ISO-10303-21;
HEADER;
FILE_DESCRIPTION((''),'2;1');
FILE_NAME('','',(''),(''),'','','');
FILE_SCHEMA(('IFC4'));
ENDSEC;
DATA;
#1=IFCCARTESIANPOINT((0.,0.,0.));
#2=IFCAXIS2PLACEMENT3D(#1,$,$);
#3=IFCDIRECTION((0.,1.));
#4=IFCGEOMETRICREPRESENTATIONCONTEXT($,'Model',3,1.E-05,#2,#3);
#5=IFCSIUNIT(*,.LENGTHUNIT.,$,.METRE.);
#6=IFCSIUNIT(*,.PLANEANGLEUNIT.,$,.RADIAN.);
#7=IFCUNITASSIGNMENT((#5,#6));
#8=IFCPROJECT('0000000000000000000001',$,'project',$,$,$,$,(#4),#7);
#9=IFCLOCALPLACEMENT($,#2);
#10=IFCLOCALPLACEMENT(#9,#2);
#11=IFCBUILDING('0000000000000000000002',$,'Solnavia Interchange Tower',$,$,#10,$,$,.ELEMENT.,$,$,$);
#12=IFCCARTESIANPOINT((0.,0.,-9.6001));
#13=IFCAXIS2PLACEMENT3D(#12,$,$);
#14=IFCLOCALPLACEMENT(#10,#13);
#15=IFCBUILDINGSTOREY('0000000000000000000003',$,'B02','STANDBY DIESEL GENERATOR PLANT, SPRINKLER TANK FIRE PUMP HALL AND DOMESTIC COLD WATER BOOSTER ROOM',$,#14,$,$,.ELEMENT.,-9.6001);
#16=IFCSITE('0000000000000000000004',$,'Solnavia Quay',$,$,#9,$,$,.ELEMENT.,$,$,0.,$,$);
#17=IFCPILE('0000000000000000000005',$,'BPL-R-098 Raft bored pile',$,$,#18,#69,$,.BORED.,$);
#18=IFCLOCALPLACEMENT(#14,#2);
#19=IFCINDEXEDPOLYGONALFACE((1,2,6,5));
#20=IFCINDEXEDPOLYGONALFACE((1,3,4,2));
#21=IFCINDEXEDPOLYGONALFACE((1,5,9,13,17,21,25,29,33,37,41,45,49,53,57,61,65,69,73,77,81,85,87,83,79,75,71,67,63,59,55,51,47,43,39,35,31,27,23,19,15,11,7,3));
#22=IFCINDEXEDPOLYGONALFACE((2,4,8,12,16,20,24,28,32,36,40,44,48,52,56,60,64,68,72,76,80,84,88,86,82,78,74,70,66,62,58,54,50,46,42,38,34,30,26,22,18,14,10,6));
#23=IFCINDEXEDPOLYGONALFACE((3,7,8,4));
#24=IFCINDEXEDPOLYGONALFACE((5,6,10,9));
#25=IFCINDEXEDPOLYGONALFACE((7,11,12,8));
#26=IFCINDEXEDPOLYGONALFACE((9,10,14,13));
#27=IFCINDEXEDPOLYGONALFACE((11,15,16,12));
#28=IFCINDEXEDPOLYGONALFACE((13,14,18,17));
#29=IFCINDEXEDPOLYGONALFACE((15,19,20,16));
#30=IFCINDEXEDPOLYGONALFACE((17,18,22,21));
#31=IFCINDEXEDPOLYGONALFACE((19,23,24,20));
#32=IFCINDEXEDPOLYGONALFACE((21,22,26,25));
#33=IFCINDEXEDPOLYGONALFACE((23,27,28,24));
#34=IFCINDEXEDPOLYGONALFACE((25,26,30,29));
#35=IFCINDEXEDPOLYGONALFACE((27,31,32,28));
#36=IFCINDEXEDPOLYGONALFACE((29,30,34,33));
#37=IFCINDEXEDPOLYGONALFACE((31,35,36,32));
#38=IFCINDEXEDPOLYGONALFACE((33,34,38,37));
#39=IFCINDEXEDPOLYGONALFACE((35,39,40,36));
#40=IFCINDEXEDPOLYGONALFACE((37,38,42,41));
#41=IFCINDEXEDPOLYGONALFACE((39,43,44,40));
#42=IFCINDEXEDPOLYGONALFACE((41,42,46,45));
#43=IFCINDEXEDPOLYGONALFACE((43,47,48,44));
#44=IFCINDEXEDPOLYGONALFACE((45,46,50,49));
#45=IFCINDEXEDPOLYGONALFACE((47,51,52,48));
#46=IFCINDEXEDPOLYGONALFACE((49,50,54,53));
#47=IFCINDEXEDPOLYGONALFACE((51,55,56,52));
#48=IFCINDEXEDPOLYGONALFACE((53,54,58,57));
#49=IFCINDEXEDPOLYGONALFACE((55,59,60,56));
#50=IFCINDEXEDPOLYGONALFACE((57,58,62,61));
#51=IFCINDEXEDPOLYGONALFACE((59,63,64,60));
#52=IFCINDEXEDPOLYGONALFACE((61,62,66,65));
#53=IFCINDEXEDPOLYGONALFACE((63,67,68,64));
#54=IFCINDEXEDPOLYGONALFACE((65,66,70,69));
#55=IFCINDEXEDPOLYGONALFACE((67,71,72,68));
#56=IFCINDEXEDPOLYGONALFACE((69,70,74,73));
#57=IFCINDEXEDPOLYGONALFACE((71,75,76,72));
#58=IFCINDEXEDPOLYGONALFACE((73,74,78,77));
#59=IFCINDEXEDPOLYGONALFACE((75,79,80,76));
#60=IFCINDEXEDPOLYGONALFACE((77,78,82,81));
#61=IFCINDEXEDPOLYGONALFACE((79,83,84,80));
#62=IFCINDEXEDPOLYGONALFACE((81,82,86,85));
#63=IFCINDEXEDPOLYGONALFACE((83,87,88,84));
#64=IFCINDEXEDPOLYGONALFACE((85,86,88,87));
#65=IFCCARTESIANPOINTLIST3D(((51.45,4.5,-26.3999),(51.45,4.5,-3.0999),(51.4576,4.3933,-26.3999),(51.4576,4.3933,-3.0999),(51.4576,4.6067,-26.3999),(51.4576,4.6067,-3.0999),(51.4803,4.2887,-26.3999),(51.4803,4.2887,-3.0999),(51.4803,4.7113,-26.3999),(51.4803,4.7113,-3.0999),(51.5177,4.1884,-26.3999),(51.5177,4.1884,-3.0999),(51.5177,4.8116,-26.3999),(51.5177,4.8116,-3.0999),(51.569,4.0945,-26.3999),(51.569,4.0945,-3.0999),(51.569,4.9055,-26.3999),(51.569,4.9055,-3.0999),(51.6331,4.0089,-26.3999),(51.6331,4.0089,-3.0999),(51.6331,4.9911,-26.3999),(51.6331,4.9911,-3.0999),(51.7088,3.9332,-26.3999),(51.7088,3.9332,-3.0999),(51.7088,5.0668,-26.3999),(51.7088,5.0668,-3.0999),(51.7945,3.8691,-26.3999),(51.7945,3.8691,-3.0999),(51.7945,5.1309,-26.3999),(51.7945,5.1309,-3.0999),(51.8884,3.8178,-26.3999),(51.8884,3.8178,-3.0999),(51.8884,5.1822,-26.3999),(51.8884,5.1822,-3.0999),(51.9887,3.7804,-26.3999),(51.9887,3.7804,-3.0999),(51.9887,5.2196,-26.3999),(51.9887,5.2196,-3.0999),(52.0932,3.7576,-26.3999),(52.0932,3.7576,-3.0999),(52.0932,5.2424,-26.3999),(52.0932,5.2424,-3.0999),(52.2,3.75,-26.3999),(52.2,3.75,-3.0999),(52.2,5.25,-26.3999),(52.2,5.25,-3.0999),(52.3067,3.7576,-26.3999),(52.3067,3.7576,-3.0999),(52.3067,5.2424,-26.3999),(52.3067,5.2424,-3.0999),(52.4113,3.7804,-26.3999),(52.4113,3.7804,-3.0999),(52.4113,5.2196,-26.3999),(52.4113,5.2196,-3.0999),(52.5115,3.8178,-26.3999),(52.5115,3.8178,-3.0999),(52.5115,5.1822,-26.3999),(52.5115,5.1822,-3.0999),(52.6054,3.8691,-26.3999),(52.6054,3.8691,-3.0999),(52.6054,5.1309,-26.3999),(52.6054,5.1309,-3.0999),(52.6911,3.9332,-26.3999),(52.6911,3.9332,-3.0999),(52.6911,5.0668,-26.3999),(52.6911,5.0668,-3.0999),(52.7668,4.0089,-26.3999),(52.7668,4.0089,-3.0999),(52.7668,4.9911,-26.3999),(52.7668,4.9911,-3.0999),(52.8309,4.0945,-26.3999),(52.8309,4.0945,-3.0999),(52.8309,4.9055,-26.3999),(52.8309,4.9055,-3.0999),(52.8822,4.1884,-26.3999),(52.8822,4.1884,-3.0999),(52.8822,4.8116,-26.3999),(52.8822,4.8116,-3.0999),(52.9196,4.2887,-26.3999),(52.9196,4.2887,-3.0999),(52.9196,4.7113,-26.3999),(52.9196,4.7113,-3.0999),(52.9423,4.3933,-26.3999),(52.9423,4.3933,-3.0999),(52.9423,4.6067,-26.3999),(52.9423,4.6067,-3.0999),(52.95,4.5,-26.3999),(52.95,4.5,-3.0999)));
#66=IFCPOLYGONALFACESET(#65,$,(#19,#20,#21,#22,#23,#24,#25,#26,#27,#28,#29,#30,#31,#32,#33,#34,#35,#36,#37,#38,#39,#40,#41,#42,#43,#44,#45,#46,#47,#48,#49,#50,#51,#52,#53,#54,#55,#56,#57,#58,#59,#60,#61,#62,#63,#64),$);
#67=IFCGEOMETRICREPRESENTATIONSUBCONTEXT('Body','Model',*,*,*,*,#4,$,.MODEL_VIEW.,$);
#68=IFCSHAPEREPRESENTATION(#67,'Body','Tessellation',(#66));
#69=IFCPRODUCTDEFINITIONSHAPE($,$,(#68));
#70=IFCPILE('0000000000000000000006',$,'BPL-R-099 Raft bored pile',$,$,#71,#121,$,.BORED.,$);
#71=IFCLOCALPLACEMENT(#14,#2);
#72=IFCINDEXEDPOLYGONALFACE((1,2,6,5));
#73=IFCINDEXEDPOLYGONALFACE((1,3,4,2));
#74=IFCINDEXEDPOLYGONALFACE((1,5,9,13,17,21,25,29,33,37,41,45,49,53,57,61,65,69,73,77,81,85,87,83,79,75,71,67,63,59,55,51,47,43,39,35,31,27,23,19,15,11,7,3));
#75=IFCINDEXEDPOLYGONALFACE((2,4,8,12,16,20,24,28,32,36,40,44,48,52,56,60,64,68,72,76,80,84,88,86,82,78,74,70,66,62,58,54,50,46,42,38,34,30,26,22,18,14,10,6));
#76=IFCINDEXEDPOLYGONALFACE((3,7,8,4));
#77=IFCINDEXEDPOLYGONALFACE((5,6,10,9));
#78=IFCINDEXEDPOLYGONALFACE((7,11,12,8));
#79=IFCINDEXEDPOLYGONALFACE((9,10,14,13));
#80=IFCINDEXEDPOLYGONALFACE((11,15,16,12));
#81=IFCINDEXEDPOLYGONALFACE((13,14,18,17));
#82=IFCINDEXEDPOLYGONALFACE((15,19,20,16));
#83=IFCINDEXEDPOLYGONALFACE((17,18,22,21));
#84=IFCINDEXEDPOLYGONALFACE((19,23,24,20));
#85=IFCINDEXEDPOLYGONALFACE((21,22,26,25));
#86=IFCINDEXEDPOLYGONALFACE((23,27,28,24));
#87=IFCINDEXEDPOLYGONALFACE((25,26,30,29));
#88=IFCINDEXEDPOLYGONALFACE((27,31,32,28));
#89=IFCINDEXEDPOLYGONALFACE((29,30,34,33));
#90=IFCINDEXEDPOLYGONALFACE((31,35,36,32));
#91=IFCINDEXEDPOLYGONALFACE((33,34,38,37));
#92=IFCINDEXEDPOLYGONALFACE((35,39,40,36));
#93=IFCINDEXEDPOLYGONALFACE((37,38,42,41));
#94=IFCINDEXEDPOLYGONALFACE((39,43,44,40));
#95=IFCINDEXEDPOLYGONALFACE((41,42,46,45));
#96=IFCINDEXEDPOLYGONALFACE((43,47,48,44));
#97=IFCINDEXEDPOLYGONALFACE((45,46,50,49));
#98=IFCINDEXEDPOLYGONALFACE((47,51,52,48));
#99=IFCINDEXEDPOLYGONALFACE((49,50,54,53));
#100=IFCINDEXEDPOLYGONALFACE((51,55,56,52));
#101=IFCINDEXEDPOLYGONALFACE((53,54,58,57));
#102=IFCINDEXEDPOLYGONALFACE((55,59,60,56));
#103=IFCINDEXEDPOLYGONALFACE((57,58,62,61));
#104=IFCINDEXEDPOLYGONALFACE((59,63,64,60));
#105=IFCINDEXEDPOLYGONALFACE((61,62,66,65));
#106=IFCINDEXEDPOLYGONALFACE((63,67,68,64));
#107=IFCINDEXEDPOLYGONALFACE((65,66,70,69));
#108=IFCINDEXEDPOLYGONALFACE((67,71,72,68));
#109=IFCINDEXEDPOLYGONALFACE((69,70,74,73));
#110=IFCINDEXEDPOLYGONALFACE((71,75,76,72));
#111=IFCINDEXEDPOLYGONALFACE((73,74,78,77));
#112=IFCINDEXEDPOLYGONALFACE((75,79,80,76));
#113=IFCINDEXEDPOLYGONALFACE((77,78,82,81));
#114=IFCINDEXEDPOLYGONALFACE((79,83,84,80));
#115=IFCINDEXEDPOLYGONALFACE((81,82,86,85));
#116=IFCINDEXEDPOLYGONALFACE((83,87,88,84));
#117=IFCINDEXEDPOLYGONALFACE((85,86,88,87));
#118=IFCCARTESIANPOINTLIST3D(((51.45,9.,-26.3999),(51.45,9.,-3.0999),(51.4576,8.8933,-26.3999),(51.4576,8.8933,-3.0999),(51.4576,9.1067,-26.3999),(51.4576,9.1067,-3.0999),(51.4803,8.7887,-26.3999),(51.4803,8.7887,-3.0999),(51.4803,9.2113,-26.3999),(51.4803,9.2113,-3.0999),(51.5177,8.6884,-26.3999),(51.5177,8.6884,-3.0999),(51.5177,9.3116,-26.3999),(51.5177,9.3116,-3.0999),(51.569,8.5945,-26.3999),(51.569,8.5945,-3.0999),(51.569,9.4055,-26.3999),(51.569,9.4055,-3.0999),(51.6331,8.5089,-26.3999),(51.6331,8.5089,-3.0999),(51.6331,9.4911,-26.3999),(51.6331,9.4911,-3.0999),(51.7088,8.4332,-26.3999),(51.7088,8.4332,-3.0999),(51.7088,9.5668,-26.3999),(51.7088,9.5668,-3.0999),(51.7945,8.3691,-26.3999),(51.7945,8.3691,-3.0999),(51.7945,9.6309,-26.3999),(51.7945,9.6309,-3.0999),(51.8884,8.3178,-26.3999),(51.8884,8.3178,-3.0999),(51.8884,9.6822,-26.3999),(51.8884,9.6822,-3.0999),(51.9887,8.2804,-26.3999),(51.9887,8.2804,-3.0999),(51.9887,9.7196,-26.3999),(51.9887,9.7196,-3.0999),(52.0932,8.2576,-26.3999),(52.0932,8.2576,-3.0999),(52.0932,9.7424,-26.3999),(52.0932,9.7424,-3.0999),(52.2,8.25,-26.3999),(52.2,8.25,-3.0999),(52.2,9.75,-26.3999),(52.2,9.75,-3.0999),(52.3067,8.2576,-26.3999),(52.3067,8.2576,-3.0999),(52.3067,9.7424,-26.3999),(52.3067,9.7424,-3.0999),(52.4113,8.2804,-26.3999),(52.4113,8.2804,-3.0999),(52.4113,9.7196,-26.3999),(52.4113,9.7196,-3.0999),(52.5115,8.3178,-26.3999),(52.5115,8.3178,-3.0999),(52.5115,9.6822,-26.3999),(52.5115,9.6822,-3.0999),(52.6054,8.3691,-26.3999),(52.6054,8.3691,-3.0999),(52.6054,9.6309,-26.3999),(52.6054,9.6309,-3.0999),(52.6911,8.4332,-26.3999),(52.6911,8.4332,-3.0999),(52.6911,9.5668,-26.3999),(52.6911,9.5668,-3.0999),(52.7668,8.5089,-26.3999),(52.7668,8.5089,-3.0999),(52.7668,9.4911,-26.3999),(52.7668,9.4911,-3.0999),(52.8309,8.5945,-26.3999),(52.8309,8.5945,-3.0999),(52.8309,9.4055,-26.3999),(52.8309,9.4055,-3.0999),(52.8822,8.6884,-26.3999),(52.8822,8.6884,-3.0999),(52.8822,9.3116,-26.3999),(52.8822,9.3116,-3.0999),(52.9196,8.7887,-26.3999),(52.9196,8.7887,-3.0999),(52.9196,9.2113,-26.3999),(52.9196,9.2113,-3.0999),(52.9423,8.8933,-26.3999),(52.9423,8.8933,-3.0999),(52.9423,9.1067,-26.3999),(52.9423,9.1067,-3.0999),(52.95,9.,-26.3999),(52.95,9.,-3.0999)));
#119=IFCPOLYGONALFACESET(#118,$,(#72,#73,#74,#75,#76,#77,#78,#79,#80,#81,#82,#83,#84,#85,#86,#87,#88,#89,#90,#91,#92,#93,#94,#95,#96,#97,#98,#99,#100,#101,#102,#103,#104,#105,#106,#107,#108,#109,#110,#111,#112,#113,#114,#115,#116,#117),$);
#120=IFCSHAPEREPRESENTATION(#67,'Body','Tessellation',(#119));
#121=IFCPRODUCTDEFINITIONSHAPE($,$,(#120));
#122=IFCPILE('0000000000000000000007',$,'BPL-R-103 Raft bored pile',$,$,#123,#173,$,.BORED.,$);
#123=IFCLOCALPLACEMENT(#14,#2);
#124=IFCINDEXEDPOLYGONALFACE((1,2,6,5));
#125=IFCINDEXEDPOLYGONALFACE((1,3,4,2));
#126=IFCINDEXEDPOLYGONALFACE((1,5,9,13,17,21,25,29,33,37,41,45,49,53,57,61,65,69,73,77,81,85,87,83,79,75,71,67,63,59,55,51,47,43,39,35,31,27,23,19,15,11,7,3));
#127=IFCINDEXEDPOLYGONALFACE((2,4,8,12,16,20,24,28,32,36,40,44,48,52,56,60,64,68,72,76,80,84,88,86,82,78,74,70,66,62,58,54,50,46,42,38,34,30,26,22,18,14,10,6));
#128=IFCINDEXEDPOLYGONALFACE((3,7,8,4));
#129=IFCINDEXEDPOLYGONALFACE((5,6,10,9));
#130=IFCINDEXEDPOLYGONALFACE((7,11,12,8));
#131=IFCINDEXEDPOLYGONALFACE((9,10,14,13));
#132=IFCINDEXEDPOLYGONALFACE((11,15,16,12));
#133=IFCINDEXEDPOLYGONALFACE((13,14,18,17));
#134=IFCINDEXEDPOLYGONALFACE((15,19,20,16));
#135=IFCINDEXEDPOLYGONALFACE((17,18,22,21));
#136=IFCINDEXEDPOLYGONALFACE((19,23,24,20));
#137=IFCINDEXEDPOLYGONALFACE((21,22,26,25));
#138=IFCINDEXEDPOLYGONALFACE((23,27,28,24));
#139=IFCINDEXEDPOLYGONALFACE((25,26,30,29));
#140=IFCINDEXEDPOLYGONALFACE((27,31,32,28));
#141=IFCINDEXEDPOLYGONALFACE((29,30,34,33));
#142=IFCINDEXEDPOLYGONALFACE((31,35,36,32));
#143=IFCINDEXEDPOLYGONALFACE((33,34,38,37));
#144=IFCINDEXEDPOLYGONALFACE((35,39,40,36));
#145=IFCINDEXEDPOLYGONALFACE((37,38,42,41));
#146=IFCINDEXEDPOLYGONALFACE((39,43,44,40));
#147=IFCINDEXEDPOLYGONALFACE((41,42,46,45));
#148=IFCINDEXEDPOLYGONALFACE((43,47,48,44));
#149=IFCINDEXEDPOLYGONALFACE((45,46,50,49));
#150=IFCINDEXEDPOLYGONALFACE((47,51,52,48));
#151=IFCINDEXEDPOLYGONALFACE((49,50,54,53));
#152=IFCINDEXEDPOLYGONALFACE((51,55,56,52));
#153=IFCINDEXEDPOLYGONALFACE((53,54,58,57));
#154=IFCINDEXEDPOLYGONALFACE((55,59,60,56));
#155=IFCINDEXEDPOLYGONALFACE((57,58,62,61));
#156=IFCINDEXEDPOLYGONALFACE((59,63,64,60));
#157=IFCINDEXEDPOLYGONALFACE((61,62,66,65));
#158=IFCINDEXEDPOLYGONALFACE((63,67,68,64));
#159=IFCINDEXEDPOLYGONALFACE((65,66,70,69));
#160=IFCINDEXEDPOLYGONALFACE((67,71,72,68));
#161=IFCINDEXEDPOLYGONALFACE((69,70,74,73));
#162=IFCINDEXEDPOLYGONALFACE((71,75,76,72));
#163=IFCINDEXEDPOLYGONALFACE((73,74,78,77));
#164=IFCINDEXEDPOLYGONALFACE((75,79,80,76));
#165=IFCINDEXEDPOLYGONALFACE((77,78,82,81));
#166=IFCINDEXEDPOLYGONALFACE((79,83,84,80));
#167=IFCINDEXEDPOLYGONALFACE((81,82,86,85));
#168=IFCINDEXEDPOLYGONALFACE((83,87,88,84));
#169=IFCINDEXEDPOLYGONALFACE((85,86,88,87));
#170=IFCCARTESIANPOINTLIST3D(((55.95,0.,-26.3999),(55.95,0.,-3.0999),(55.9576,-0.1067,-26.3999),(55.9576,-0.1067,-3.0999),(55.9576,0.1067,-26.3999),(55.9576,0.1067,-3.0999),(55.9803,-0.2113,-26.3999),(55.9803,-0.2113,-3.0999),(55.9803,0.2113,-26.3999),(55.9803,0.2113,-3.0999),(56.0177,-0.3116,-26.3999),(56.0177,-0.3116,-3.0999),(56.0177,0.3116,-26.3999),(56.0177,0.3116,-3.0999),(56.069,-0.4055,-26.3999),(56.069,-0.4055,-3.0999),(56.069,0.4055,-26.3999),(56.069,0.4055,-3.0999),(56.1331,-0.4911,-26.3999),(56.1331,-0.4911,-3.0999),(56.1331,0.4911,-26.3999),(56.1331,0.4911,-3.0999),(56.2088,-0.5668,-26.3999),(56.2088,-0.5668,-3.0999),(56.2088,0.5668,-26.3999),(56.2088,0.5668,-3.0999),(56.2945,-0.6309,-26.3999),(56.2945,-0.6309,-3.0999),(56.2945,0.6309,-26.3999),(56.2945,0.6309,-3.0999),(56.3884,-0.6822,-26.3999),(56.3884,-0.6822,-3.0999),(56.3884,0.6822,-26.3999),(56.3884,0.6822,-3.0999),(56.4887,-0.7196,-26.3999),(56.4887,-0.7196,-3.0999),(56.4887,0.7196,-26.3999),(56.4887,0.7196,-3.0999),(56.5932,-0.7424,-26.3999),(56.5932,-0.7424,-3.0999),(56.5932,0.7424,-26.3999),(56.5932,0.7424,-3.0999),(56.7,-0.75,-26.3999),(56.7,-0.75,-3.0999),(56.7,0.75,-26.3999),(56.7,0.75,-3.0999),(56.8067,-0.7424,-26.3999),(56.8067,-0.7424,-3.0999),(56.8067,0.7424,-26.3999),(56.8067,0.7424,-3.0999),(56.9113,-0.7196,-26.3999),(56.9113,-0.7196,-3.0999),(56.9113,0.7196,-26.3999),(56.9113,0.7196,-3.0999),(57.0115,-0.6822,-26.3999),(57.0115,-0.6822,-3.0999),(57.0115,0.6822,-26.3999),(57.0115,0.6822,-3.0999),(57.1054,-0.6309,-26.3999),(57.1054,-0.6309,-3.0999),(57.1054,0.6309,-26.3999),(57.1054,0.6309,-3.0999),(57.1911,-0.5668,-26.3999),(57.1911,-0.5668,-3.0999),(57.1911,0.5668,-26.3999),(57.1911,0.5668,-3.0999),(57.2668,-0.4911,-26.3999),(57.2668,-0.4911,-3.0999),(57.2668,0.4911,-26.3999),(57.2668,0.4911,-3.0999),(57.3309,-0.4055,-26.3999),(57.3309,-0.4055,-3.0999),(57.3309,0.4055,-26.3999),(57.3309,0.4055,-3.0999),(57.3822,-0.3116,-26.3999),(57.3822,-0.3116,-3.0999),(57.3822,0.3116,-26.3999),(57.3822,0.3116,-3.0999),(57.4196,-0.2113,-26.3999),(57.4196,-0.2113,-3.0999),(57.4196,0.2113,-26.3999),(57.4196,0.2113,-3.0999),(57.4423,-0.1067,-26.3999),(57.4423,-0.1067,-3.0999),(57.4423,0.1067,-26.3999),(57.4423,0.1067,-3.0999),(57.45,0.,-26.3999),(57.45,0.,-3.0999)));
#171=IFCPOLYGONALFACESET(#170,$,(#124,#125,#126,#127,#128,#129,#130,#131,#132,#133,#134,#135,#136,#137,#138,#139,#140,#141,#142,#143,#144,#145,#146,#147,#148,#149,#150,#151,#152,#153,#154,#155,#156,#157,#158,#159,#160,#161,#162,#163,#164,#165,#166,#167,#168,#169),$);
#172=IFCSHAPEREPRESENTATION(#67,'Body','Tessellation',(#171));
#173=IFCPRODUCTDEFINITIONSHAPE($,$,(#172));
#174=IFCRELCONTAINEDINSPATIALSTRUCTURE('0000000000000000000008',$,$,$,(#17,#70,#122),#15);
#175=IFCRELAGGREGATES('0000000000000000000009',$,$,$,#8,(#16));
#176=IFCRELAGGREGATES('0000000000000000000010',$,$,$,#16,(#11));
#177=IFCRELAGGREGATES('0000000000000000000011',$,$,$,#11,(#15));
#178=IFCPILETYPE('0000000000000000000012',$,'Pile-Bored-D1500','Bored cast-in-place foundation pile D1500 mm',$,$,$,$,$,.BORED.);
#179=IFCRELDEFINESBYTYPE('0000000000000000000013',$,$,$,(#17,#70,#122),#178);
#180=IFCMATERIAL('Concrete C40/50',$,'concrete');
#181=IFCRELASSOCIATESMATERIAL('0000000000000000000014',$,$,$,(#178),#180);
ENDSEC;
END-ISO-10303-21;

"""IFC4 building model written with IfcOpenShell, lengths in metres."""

from ifc_helpers import new_model, si_unit, direction, frame, origin, origin_2d, place, context, subcontext, project, spatial, circle, extrude, material, material_profile, profile_set, type_object, element, save


model = new_model("IFC4")

# Units and contexts
model_context = context("Model", 3, precision=1e-05, world=origin(), true_north=direction((0.0, 1.0)))
body_context = subcontext(model_context, "Body", "Model", "MODEL_VIEW")
ifc_project = project(units=[si_unit("LENGTHUNIT", "METRE"), si_unit("PLANEANGLEUNIT", "RADIAN")], contexts=[model_context])

# Site, building, storey
site_placement = place(None, origin())
site = spatial("IfcSite", under=ifc_project, at=site_placement, Name="Solnavia Quay", CompositionType="ELEMENT", RefElevation=0.0)
building_placement = place(site_placement, origin())
building = spatial("IfcBuilding", under=site, at=building_placement, Name="Solnavia Interchange Tower", CompositionType="ELEMENT")
storey_placement = place(building_placement, frame((0.0, 0.0, -9.6001)))
storey = spatial("IfcBuildingStorey", under=building, at=storey_placement, Name="B02", Description="STANDBY DIESEL GENERATOR PLANT, SPRINKLER TANK FIRE PUMP HALL AND DOMESTIC COLD WATER BOOSTER ROOM", CompositionType="ELEMENT", Elevation=-9.6001)

# Shared definitions
ifc_material_1 = material(Name="Concrete C40/50", Category="concrete")

# Piles
ifc_material_profile_1 = material_profile(ifc_material_1, circle(Radius=0.75, at=origin_2d()), Name="PILE D1500")
ifc_profile_set_1 = profile_set([ifc_material_profile_1], Name="Concrete C40/50")
pile_type_1 = type_object("IfcPileType", Name="Pile-Bored-D1500", Description="Bored cast-in-place foundation pile D1500 mm", PredefinedType="BORED", material=ifc_profile_set_1)
for number, where, z_axis, x_axis, name in (
    (1, (52.2, 4.5, -3.0999), (0.0, 0.0, -1.0), (1.0, 0.0, 0.0), "BPL-R-098 Raft bored pile"),
    (2, (52.2, 9.0, -3.0999), (0.0, 0.0, -1.0), (1.0, 0.0, 0.0), "BPL-R-099 Raft bored pile"),
    (3, (56.7, 0.0, -3.0999), (0.0, 0.0, -1.0), (1.0, 0.0, 0.0), "BPL-R-103 Raft bored pile"),
):
    element("IfcPile", number, at=place(storey_placement, frame(where, z_axis=z_axis, x_axis=x_axis)), inside=storey, type_object=pile_type_1, Name=name, PredefinedType="BORED", context=body_context, shape_type="SweptSolid", body=[
        extrude(circle(Radius=0.75, at=origin_2d()), origin(), (0.0, 0.0, 1.0), 23.3),
    ])

save(model, "model.ifc")
